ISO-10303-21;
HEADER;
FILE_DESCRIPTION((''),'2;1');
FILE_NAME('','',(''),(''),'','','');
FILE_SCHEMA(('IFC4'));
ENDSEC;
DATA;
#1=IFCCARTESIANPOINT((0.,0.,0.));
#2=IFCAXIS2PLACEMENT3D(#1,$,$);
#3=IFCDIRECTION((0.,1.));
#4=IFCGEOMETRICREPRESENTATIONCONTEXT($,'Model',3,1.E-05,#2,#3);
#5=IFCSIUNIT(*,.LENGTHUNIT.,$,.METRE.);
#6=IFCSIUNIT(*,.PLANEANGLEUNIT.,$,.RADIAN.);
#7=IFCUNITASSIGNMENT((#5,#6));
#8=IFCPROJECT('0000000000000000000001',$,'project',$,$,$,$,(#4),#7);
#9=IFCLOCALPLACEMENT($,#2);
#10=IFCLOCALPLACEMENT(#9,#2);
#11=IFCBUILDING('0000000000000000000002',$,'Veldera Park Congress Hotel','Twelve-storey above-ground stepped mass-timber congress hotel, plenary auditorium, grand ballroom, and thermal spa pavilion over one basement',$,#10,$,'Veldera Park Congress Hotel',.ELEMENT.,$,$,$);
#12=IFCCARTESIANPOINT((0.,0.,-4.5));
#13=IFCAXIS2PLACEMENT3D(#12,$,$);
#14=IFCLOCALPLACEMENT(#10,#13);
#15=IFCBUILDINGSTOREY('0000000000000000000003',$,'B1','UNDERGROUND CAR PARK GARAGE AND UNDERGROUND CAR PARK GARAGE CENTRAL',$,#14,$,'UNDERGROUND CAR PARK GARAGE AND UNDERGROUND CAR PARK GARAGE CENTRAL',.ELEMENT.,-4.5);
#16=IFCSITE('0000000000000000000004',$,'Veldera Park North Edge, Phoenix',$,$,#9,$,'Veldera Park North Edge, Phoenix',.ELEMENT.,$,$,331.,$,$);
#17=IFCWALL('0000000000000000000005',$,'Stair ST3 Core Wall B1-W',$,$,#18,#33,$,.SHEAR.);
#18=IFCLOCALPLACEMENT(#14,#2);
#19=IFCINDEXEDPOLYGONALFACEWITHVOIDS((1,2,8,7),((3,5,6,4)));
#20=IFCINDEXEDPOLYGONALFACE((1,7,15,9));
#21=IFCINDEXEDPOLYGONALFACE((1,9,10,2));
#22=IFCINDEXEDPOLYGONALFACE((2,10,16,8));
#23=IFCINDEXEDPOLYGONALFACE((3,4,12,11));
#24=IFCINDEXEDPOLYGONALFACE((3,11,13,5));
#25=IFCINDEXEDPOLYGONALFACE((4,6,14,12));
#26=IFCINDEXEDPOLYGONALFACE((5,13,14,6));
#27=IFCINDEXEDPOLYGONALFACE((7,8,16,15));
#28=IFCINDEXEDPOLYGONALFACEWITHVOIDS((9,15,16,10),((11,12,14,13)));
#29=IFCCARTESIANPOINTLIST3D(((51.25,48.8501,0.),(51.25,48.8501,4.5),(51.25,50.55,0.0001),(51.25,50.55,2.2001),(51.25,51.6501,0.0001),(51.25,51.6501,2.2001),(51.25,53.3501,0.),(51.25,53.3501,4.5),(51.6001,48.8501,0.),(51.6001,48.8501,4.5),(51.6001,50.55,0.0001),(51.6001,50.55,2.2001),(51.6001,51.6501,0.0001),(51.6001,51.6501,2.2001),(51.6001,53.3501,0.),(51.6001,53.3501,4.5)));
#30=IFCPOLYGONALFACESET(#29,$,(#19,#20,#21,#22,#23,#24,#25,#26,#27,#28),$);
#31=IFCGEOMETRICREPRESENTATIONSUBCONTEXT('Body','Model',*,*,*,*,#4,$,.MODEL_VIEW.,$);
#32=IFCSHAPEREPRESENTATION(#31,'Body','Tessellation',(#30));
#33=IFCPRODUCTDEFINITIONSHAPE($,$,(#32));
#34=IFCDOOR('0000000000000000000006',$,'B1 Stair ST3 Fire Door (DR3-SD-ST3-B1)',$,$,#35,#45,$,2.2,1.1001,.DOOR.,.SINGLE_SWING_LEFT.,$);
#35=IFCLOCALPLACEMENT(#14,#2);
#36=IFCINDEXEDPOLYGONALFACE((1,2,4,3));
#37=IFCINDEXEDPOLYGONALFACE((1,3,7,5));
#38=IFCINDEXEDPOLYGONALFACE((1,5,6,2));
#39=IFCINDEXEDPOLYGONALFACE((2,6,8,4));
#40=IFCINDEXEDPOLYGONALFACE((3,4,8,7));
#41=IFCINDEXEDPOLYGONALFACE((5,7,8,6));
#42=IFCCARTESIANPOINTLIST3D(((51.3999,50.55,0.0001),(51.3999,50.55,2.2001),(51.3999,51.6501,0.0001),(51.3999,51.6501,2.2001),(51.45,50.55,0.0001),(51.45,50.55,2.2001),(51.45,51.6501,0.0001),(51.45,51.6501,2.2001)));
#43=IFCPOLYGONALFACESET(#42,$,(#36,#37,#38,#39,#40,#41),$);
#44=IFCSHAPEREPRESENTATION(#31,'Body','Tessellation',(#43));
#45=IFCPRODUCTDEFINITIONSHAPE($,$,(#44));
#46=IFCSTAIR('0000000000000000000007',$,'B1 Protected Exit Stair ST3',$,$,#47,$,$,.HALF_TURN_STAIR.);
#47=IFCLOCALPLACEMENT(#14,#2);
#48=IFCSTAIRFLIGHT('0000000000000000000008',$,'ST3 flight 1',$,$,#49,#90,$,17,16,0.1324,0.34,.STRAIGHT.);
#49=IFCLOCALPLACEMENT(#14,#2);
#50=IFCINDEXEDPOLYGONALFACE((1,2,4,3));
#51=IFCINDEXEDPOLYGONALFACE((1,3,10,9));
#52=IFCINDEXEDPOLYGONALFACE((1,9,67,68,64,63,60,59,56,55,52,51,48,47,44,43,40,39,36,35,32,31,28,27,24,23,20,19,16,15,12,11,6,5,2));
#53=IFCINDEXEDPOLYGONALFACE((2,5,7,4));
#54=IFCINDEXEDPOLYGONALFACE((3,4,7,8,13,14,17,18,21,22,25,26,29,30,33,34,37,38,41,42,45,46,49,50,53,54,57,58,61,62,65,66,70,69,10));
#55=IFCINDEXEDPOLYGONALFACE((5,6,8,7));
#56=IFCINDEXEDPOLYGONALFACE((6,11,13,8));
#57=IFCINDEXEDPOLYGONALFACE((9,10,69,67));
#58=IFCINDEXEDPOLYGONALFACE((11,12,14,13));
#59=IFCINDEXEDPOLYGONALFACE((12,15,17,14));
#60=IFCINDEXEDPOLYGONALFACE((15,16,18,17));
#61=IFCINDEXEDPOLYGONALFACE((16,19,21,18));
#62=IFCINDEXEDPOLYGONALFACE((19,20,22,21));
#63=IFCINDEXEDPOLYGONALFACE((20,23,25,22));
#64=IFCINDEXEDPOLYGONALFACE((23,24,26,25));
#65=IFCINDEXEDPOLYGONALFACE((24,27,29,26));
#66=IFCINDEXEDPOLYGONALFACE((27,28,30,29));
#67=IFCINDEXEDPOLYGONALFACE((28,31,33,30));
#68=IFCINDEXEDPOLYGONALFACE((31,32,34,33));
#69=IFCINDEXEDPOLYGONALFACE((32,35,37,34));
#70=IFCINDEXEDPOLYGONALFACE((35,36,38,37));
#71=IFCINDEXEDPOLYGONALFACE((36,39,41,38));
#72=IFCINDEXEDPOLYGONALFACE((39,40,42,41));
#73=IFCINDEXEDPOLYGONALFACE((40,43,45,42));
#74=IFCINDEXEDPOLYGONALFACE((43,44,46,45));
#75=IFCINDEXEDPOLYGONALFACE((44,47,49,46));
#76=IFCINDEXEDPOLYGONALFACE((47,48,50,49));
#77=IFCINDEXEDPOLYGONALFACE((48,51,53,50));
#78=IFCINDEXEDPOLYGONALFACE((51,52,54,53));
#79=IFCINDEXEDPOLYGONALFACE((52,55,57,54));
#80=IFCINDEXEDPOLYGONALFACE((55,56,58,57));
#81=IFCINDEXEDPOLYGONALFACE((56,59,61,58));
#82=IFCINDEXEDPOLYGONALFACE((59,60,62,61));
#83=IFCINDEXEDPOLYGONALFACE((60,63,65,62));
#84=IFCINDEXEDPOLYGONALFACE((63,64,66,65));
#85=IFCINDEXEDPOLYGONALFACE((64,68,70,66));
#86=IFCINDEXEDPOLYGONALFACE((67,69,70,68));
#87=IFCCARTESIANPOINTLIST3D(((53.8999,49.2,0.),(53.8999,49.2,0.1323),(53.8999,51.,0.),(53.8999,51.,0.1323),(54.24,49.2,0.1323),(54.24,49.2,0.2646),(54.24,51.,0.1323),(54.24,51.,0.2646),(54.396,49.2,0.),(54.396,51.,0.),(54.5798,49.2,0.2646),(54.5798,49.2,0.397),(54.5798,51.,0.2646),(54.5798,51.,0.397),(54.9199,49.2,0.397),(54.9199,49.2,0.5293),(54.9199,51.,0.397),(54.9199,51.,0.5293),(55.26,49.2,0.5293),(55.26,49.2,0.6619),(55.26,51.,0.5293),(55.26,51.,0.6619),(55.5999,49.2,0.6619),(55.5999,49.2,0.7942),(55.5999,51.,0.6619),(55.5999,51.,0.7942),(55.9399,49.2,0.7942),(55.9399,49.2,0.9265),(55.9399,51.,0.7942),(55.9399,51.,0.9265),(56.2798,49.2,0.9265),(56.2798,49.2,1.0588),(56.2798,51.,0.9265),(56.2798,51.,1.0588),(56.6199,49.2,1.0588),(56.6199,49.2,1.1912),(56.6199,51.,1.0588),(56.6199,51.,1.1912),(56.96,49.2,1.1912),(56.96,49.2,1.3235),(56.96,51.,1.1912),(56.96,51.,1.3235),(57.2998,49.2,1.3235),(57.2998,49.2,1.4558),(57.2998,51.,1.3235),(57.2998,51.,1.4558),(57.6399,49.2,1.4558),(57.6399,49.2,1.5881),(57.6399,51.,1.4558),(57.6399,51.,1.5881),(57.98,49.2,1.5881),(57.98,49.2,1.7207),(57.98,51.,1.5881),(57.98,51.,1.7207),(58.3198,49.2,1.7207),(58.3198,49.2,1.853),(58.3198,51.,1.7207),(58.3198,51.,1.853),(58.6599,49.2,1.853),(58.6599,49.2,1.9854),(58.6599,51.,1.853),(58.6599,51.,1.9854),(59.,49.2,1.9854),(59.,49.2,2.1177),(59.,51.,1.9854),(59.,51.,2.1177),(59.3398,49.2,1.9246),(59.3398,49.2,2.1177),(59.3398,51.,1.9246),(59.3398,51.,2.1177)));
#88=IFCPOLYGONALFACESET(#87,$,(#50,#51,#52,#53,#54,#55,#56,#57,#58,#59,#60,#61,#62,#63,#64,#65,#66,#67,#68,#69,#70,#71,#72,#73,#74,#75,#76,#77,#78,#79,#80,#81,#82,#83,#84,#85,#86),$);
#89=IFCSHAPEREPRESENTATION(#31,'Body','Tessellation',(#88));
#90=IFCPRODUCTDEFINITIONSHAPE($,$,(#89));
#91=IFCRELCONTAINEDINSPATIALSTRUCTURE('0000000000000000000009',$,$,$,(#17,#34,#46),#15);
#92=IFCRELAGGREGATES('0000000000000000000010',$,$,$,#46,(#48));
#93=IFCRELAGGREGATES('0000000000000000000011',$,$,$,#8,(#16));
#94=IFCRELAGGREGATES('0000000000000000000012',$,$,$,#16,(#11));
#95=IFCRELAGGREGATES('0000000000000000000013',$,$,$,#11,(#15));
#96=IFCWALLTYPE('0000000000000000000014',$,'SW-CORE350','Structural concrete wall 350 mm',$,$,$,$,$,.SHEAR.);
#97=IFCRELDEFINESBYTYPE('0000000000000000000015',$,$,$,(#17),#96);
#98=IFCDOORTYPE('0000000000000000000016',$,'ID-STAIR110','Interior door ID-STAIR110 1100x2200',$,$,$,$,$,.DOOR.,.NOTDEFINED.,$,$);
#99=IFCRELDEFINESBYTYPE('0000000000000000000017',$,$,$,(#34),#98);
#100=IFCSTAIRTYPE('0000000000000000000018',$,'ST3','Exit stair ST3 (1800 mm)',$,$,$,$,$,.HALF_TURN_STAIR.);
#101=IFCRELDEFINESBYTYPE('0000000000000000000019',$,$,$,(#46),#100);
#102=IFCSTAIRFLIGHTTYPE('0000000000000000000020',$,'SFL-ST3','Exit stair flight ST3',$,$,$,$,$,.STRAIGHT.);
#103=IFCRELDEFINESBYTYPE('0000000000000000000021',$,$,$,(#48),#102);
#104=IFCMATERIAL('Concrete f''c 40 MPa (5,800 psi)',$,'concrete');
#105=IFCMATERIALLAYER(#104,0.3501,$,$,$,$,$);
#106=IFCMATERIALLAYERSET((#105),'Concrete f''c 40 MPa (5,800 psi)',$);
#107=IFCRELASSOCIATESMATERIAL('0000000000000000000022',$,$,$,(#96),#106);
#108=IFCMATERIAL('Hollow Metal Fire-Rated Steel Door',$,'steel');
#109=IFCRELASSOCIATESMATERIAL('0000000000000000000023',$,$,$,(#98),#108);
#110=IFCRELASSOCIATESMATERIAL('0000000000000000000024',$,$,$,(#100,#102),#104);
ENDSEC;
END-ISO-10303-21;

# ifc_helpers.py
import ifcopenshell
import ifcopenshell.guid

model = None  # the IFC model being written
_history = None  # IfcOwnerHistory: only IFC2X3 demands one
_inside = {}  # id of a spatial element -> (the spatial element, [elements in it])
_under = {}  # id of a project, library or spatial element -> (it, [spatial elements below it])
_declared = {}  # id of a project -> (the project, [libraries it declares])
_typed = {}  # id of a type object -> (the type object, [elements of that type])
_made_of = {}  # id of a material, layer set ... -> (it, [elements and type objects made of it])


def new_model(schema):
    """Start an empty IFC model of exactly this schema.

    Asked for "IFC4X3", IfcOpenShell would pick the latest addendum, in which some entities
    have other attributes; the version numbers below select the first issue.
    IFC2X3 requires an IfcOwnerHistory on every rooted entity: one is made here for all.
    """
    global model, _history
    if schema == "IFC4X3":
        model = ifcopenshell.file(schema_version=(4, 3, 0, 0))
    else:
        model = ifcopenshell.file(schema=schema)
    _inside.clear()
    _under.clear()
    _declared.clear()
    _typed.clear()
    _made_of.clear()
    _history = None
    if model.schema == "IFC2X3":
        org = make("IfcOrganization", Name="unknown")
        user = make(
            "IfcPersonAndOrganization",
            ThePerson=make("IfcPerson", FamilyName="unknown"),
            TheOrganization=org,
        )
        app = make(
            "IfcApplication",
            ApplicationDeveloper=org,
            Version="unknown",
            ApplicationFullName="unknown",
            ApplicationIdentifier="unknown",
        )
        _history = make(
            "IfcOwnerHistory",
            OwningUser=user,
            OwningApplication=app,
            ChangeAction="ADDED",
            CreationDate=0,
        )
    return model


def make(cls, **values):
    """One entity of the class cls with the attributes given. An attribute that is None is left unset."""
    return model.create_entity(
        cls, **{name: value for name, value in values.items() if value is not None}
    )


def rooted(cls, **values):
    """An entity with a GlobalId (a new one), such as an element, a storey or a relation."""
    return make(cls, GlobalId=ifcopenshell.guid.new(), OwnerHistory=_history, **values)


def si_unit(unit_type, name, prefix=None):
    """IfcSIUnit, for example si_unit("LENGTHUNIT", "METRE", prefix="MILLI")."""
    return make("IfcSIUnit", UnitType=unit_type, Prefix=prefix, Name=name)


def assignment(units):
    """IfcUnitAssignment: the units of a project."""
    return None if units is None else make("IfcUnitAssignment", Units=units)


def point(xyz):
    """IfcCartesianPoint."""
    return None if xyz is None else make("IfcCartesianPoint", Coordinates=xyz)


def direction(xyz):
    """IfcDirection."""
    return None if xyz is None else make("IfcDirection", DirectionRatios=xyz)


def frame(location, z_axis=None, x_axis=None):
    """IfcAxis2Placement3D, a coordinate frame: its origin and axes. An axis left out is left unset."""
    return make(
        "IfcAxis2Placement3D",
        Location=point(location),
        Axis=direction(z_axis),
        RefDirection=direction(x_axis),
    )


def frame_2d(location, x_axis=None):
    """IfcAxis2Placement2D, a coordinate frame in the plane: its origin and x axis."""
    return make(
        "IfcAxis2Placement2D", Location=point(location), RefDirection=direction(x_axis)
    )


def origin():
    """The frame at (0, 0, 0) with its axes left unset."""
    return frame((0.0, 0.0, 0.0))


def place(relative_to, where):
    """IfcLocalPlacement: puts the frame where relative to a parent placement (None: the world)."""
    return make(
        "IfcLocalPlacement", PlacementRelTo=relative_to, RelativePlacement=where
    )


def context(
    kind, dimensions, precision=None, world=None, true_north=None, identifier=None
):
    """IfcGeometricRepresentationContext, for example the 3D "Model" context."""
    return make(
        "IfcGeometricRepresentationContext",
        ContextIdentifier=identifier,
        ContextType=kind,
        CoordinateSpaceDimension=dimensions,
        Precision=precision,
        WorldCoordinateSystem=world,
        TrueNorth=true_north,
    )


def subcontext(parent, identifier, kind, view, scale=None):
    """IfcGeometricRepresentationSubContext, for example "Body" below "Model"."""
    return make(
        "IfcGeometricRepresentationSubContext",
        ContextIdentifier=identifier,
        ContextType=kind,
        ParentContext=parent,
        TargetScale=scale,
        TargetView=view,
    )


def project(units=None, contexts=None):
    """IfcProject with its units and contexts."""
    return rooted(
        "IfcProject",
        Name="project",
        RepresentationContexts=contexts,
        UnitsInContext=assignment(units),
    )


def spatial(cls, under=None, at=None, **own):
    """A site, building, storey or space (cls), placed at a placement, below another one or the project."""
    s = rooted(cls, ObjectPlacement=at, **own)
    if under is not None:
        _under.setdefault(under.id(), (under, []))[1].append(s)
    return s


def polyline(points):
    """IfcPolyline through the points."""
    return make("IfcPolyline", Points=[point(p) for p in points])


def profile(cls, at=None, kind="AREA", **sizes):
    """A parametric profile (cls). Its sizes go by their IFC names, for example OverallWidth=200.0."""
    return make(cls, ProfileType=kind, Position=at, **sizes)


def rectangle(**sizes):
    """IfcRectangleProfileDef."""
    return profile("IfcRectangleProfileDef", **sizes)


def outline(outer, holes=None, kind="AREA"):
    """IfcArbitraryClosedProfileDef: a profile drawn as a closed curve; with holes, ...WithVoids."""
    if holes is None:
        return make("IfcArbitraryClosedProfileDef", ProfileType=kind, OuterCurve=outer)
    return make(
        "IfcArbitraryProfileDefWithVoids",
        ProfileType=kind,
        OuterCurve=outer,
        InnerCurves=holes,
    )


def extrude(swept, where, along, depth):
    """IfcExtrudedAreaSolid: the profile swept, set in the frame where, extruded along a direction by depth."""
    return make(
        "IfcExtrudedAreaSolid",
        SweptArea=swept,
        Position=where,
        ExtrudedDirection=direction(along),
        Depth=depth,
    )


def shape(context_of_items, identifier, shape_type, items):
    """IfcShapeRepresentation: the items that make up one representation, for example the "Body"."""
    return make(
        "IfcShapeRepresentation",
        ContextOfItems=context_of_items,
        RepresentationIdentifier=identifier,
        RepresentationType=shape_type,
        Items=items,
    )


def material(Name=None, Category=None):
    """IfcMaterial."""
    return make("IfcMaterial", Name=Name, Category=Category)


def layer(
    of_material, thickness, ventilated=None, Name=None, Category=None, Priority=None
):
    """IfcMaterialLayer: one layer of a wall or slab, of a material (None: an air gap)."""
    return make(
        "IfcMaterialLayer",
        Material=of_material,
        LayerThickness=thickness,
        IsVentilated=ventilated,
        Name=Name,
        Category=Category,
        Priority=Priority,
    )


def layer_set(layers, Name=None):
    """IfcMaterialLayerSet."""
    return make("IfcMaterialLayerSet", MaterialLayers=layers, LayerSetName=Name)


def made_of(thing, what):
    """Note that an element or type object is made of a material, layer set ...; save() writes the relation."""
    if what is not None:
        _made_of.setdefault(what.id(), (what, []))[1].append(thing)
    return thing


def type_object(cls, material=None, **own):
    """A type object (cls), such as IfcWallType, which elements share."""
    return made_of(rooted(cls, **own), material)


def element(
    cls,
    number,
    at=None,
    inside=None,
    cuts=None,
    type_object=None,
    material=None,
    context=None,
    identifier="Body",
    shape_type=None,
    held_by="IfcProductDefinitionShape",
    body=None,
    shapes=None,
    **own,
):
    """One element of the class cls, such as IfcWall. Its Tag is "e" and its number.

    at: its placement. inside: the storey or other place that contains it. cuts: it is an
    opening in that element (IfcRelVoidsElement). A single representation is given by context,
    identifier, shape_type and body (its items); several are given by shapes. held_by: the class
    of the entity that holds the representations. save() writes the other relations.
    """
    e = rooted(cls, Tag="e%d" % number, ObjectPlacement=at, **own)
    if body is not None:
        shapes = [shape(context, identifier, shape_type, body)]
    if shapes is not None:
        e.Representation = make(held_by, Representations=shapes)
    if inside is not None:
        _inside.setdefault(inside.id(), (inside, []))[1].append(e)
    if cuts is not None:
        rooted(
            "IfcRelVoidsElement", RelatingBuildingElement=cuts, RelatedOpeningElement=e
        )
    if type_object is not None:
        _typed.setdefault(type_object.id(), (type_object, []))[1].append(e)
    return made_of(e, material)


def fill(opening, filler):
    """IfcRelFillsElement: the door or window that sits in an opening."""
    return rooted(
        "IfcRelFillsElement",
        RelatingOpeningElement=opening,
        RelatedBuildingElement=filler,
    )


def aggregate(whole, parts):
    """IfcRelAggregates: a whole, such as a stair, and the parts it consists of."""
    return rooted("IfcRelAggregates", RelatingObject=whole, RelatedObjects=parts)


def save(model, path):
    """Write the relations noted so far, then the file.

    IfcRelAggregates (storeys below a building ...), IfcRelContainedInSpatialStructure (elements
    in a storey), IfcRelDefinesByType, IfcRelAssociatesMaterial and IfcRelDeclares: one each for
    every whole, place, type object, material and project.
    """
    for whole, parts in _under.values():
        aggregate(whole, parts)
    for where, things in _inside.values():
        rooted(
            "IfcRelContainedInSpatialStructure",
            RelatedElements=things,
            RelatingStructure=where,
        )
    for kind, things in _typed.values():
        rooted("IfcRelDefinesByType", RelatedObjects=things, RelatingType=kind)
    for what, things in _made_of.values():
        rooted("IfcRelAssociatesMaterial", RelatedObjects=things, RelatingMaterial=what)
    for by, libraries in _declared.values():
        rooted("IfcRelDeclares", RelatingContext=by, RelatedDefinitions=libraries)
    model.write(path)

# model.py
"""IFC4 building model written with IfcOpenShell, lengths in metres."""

from ifc_helpers import new_model, si_unit, direction, frame, frame_2d, origin, place, context, subcontext, project, spatial, polyline, rectangle, outline, extrude, material, layer, layer_set, type_object, element, fill, aggregate, save


model = new_model("IFC4")

# Units and contexts
model_context = context("Model", 3, precision=1e-05, world=origin(), true_north=direction((0.0, 1.0)))
body_context = subcontext(model_context, "Body", "Model", "MODEL_VIEW")
ifc_project = project(units=[si_unit("LENGTHUNIT", "METRE"), si_unit("PLANEANGLEUNIT", "RADIAN")], contexts=[model_context])

# Site, building, storey
site_placement = place(None, origin())
site = spatial("IfcSite", under=ifc_project, at=site_placement, Name="Veldera Park North Edge, Phoenix", LongName="Veldera Park North Edge, Phoenix", CompositionType="ELEMENT", RefElevation=331.0)
building_placement = place(site_placement, origin())
building = spatial("IfcBuilding", under=site, at=building_placement, Name="Veldera Park Congress Hotel", Description="Twelve-storey above-ground stepped mass-timber congress hotel, plenary auditorium, grand ballroom, and thermal spa pavilion over one basement", LongName="Veldera Park Congress Hotel", CompositionType="ELEMENT")
storey_placement = place(building_placement, frame((0.0, 0.0, -4.5)))
storey = spatial("IfcBuildingStorey", under=building, at=storey_placement, Name="B1", Description="UNDERGROUND CAR PARK GARAGE AND UNDERGROUND CAR PARK GARAGE CENTRAL", LongName="UNDERGROUND CAR PARK GARAGE AND UNDERGROUND CAR PARK GARAGE CENTRAL", CompositionType="ELEMENT", Elevation=-4.5)

# Shared definitions
ifc_material_1 = material(Name="Concrete f'c 40 MPa (5,800 psi)", Category="concrete")

# Shared definitions
ifc_layer_1 = layer(ifc_material_1, 0.3501)
ifc_layer_set_1 = layer_set([ifc_layer_1], Name="Concrete f'c 40 MPa (5,800 psi)")
wall_type_1 = type_object("IfcWallType", Name="SW-CORE350", Description="Structural concrete wall 350 mm", PredefinedType="SHEAR", material=ifc_layer_set_1)

# Wall, opening, door
wall_1_placement = place(storey_placement, frame((51.425, 53.3501, 0.0), z_axis=(0.0, 0.0, 1.0), x_axis=(0.0, -1.0, 0.0)))
wall_1 = element("IfcWall", 1, at=wall_1_placement, inside=storey, type_object=wall_type_1, Name="Stair ST3 Core Wall B1-W", PredefinedType="SHEAR", context=body_context, shape_type="SweptSolid", body=[
    extrude(rectangle(XDim=4.5, YDim=0.3501, at=frame_2d((2.25, 0.0))), origin(), (0.0, 0.0, 1.0), 4.5),
])
opening_placement = place(wall_1_placement, frame((1.7, 0.0, 0.0)))
opening = element("IfcOpeningElement", 2, at=opening_placement, cuts=wall_1, PredefinedType="OPENING", context=body_context, shape_type="SweptSolid", body=[
    extrude(rectangle(XDim=1.1001, YDim=2.2, at=frame_2d((0.55, 1.1001))), frame((0.0, 0.187, 0.0), z_axis=(0.0, -1.0, 0.0), x_axis=(1.0, 0.0, 0.0)), (0.0, 0.0, 1.0), 0.374),
])
ifc_material_2 = material(Name="Hollow Metal Fire-Rated Steel Door", Category="steel")
door_type = type_object("IfcDoorType", Name="ID-STAIR110", Description="Interior door ID-STAIR110 1100x2200", OperationType="NOTDEFINED", PredefinedType="DOOR", material=ifc_material_2)
door_placement = place(opening_placement, origin())
door = element("IfcDoor", 3, at=door_placement, inside=storey, type_object=door_type, Name="B1 Stair ST3 Fire Door (DR3-SD-ST3-B1)", OperationType="SINGLE_SWING_LEFT", OverallHeight=2.2, OverallWidth=1.1001, PredefinedType="DOOR", context=body_context, shape_type="SweptSolid", body=[
    extrude(rectangle(XDim=1.1001, YDim=2.2, at=frame_2d((0.55, 1.1001))), frame((0.0, 0.0249, 0.0), z_axis=(0.0, -1.0, 0.0), x_axis=(1.0, 0.0, 0.0)), (0.0, 0.0, 1.0), 0.05),
])
fill(opening, door)

# Stair, stair flight
stair_type = type_object("IfcStairType", Name="ST3", Description="Exit stair ST3 (1800 mm)", PredefinedType="HALF_TURN_STAIR", material=ifc_material_1)
stair_placement = place(storey_placement, origin())
stair = element("IfcStair", 4, at=stair_placement, inside=storey, type_object=stair_type, Name="B1 Protected Exit Stair ST3", PredefinedType="HALF_TURN_STAIR")
stair_flight_type = type_object("IfcStairFlightType", Name="SFL-ST3", Description="Exit stair flight ST3", PredefinedType="STRAIGHT", material=ifc_material_1)
stair_flight_placement = place(storey_placement, frame((53.8999, 50.1001, 0.0), z_axis=(0.0, 0.0, 1.0), x_axis=(1.0, 0.0, 0.0)))
stair_flight = element("IfcStairFlight", 5, at=stair_flight_placement, type_object=stair_flight_type, Name="ST3 flight 1", NumberOfRisers=17, NumberOfTreads=16, PredefinedType="STRAIGHT", RiserHeight=0.1324, TreadLength=0.34, context=body_context, shape_type="SweptSolid", body=[
    extrude(outline(polyline([(0.0, 0.0), (0.0, 0.1323), (0.3401, 0.1323), (0.3401, 0.2646), (0.6799, 0.2646), (0.6799, 0.397), (1.02, 0.397), (1.02, 0.5293), (1.3601, 0.5293), (1.3601, 0.6619), (1.7, 0.6619), (1.7, 0.7942), (2.04, 0.7942), (2.04, 0.9265), (2.3799, 0.9265), (2.3799, 1.0588), (2.72, 1.0588), (2.72, 1.1912), (3.0601, 1.1912), (3.0601, 1.3235), (3.3999, 1.3235), (3.3999, 1.4558), (3.74, 1.4558), (3.74, 1.5881), (4.0801, 1.5881), (4.0801, 1.7207), (4.4199, 1.7207), (4.4199, 1.853), (4.76, 1.853), (4.76, 1.9854), (5.1001, 1.9854), (5.1001, 2.1177), (5.4399, 2.1177), (5.4399, 2.25), (5.4399, 2.25), (5.4399, 1.9246), (0.4961, 0.0), (0.0, 0.0)])), frame((0.0, 0.8999, 0.0), z_axis=(0.0, -1.0, 0.0), x_axis=(1.0, 0.0, 0.0)), (0.0, 0.0, 1.0), 1.8),
])
aggregate(stair, [stair_flight])

save(model, "model.ifc")
